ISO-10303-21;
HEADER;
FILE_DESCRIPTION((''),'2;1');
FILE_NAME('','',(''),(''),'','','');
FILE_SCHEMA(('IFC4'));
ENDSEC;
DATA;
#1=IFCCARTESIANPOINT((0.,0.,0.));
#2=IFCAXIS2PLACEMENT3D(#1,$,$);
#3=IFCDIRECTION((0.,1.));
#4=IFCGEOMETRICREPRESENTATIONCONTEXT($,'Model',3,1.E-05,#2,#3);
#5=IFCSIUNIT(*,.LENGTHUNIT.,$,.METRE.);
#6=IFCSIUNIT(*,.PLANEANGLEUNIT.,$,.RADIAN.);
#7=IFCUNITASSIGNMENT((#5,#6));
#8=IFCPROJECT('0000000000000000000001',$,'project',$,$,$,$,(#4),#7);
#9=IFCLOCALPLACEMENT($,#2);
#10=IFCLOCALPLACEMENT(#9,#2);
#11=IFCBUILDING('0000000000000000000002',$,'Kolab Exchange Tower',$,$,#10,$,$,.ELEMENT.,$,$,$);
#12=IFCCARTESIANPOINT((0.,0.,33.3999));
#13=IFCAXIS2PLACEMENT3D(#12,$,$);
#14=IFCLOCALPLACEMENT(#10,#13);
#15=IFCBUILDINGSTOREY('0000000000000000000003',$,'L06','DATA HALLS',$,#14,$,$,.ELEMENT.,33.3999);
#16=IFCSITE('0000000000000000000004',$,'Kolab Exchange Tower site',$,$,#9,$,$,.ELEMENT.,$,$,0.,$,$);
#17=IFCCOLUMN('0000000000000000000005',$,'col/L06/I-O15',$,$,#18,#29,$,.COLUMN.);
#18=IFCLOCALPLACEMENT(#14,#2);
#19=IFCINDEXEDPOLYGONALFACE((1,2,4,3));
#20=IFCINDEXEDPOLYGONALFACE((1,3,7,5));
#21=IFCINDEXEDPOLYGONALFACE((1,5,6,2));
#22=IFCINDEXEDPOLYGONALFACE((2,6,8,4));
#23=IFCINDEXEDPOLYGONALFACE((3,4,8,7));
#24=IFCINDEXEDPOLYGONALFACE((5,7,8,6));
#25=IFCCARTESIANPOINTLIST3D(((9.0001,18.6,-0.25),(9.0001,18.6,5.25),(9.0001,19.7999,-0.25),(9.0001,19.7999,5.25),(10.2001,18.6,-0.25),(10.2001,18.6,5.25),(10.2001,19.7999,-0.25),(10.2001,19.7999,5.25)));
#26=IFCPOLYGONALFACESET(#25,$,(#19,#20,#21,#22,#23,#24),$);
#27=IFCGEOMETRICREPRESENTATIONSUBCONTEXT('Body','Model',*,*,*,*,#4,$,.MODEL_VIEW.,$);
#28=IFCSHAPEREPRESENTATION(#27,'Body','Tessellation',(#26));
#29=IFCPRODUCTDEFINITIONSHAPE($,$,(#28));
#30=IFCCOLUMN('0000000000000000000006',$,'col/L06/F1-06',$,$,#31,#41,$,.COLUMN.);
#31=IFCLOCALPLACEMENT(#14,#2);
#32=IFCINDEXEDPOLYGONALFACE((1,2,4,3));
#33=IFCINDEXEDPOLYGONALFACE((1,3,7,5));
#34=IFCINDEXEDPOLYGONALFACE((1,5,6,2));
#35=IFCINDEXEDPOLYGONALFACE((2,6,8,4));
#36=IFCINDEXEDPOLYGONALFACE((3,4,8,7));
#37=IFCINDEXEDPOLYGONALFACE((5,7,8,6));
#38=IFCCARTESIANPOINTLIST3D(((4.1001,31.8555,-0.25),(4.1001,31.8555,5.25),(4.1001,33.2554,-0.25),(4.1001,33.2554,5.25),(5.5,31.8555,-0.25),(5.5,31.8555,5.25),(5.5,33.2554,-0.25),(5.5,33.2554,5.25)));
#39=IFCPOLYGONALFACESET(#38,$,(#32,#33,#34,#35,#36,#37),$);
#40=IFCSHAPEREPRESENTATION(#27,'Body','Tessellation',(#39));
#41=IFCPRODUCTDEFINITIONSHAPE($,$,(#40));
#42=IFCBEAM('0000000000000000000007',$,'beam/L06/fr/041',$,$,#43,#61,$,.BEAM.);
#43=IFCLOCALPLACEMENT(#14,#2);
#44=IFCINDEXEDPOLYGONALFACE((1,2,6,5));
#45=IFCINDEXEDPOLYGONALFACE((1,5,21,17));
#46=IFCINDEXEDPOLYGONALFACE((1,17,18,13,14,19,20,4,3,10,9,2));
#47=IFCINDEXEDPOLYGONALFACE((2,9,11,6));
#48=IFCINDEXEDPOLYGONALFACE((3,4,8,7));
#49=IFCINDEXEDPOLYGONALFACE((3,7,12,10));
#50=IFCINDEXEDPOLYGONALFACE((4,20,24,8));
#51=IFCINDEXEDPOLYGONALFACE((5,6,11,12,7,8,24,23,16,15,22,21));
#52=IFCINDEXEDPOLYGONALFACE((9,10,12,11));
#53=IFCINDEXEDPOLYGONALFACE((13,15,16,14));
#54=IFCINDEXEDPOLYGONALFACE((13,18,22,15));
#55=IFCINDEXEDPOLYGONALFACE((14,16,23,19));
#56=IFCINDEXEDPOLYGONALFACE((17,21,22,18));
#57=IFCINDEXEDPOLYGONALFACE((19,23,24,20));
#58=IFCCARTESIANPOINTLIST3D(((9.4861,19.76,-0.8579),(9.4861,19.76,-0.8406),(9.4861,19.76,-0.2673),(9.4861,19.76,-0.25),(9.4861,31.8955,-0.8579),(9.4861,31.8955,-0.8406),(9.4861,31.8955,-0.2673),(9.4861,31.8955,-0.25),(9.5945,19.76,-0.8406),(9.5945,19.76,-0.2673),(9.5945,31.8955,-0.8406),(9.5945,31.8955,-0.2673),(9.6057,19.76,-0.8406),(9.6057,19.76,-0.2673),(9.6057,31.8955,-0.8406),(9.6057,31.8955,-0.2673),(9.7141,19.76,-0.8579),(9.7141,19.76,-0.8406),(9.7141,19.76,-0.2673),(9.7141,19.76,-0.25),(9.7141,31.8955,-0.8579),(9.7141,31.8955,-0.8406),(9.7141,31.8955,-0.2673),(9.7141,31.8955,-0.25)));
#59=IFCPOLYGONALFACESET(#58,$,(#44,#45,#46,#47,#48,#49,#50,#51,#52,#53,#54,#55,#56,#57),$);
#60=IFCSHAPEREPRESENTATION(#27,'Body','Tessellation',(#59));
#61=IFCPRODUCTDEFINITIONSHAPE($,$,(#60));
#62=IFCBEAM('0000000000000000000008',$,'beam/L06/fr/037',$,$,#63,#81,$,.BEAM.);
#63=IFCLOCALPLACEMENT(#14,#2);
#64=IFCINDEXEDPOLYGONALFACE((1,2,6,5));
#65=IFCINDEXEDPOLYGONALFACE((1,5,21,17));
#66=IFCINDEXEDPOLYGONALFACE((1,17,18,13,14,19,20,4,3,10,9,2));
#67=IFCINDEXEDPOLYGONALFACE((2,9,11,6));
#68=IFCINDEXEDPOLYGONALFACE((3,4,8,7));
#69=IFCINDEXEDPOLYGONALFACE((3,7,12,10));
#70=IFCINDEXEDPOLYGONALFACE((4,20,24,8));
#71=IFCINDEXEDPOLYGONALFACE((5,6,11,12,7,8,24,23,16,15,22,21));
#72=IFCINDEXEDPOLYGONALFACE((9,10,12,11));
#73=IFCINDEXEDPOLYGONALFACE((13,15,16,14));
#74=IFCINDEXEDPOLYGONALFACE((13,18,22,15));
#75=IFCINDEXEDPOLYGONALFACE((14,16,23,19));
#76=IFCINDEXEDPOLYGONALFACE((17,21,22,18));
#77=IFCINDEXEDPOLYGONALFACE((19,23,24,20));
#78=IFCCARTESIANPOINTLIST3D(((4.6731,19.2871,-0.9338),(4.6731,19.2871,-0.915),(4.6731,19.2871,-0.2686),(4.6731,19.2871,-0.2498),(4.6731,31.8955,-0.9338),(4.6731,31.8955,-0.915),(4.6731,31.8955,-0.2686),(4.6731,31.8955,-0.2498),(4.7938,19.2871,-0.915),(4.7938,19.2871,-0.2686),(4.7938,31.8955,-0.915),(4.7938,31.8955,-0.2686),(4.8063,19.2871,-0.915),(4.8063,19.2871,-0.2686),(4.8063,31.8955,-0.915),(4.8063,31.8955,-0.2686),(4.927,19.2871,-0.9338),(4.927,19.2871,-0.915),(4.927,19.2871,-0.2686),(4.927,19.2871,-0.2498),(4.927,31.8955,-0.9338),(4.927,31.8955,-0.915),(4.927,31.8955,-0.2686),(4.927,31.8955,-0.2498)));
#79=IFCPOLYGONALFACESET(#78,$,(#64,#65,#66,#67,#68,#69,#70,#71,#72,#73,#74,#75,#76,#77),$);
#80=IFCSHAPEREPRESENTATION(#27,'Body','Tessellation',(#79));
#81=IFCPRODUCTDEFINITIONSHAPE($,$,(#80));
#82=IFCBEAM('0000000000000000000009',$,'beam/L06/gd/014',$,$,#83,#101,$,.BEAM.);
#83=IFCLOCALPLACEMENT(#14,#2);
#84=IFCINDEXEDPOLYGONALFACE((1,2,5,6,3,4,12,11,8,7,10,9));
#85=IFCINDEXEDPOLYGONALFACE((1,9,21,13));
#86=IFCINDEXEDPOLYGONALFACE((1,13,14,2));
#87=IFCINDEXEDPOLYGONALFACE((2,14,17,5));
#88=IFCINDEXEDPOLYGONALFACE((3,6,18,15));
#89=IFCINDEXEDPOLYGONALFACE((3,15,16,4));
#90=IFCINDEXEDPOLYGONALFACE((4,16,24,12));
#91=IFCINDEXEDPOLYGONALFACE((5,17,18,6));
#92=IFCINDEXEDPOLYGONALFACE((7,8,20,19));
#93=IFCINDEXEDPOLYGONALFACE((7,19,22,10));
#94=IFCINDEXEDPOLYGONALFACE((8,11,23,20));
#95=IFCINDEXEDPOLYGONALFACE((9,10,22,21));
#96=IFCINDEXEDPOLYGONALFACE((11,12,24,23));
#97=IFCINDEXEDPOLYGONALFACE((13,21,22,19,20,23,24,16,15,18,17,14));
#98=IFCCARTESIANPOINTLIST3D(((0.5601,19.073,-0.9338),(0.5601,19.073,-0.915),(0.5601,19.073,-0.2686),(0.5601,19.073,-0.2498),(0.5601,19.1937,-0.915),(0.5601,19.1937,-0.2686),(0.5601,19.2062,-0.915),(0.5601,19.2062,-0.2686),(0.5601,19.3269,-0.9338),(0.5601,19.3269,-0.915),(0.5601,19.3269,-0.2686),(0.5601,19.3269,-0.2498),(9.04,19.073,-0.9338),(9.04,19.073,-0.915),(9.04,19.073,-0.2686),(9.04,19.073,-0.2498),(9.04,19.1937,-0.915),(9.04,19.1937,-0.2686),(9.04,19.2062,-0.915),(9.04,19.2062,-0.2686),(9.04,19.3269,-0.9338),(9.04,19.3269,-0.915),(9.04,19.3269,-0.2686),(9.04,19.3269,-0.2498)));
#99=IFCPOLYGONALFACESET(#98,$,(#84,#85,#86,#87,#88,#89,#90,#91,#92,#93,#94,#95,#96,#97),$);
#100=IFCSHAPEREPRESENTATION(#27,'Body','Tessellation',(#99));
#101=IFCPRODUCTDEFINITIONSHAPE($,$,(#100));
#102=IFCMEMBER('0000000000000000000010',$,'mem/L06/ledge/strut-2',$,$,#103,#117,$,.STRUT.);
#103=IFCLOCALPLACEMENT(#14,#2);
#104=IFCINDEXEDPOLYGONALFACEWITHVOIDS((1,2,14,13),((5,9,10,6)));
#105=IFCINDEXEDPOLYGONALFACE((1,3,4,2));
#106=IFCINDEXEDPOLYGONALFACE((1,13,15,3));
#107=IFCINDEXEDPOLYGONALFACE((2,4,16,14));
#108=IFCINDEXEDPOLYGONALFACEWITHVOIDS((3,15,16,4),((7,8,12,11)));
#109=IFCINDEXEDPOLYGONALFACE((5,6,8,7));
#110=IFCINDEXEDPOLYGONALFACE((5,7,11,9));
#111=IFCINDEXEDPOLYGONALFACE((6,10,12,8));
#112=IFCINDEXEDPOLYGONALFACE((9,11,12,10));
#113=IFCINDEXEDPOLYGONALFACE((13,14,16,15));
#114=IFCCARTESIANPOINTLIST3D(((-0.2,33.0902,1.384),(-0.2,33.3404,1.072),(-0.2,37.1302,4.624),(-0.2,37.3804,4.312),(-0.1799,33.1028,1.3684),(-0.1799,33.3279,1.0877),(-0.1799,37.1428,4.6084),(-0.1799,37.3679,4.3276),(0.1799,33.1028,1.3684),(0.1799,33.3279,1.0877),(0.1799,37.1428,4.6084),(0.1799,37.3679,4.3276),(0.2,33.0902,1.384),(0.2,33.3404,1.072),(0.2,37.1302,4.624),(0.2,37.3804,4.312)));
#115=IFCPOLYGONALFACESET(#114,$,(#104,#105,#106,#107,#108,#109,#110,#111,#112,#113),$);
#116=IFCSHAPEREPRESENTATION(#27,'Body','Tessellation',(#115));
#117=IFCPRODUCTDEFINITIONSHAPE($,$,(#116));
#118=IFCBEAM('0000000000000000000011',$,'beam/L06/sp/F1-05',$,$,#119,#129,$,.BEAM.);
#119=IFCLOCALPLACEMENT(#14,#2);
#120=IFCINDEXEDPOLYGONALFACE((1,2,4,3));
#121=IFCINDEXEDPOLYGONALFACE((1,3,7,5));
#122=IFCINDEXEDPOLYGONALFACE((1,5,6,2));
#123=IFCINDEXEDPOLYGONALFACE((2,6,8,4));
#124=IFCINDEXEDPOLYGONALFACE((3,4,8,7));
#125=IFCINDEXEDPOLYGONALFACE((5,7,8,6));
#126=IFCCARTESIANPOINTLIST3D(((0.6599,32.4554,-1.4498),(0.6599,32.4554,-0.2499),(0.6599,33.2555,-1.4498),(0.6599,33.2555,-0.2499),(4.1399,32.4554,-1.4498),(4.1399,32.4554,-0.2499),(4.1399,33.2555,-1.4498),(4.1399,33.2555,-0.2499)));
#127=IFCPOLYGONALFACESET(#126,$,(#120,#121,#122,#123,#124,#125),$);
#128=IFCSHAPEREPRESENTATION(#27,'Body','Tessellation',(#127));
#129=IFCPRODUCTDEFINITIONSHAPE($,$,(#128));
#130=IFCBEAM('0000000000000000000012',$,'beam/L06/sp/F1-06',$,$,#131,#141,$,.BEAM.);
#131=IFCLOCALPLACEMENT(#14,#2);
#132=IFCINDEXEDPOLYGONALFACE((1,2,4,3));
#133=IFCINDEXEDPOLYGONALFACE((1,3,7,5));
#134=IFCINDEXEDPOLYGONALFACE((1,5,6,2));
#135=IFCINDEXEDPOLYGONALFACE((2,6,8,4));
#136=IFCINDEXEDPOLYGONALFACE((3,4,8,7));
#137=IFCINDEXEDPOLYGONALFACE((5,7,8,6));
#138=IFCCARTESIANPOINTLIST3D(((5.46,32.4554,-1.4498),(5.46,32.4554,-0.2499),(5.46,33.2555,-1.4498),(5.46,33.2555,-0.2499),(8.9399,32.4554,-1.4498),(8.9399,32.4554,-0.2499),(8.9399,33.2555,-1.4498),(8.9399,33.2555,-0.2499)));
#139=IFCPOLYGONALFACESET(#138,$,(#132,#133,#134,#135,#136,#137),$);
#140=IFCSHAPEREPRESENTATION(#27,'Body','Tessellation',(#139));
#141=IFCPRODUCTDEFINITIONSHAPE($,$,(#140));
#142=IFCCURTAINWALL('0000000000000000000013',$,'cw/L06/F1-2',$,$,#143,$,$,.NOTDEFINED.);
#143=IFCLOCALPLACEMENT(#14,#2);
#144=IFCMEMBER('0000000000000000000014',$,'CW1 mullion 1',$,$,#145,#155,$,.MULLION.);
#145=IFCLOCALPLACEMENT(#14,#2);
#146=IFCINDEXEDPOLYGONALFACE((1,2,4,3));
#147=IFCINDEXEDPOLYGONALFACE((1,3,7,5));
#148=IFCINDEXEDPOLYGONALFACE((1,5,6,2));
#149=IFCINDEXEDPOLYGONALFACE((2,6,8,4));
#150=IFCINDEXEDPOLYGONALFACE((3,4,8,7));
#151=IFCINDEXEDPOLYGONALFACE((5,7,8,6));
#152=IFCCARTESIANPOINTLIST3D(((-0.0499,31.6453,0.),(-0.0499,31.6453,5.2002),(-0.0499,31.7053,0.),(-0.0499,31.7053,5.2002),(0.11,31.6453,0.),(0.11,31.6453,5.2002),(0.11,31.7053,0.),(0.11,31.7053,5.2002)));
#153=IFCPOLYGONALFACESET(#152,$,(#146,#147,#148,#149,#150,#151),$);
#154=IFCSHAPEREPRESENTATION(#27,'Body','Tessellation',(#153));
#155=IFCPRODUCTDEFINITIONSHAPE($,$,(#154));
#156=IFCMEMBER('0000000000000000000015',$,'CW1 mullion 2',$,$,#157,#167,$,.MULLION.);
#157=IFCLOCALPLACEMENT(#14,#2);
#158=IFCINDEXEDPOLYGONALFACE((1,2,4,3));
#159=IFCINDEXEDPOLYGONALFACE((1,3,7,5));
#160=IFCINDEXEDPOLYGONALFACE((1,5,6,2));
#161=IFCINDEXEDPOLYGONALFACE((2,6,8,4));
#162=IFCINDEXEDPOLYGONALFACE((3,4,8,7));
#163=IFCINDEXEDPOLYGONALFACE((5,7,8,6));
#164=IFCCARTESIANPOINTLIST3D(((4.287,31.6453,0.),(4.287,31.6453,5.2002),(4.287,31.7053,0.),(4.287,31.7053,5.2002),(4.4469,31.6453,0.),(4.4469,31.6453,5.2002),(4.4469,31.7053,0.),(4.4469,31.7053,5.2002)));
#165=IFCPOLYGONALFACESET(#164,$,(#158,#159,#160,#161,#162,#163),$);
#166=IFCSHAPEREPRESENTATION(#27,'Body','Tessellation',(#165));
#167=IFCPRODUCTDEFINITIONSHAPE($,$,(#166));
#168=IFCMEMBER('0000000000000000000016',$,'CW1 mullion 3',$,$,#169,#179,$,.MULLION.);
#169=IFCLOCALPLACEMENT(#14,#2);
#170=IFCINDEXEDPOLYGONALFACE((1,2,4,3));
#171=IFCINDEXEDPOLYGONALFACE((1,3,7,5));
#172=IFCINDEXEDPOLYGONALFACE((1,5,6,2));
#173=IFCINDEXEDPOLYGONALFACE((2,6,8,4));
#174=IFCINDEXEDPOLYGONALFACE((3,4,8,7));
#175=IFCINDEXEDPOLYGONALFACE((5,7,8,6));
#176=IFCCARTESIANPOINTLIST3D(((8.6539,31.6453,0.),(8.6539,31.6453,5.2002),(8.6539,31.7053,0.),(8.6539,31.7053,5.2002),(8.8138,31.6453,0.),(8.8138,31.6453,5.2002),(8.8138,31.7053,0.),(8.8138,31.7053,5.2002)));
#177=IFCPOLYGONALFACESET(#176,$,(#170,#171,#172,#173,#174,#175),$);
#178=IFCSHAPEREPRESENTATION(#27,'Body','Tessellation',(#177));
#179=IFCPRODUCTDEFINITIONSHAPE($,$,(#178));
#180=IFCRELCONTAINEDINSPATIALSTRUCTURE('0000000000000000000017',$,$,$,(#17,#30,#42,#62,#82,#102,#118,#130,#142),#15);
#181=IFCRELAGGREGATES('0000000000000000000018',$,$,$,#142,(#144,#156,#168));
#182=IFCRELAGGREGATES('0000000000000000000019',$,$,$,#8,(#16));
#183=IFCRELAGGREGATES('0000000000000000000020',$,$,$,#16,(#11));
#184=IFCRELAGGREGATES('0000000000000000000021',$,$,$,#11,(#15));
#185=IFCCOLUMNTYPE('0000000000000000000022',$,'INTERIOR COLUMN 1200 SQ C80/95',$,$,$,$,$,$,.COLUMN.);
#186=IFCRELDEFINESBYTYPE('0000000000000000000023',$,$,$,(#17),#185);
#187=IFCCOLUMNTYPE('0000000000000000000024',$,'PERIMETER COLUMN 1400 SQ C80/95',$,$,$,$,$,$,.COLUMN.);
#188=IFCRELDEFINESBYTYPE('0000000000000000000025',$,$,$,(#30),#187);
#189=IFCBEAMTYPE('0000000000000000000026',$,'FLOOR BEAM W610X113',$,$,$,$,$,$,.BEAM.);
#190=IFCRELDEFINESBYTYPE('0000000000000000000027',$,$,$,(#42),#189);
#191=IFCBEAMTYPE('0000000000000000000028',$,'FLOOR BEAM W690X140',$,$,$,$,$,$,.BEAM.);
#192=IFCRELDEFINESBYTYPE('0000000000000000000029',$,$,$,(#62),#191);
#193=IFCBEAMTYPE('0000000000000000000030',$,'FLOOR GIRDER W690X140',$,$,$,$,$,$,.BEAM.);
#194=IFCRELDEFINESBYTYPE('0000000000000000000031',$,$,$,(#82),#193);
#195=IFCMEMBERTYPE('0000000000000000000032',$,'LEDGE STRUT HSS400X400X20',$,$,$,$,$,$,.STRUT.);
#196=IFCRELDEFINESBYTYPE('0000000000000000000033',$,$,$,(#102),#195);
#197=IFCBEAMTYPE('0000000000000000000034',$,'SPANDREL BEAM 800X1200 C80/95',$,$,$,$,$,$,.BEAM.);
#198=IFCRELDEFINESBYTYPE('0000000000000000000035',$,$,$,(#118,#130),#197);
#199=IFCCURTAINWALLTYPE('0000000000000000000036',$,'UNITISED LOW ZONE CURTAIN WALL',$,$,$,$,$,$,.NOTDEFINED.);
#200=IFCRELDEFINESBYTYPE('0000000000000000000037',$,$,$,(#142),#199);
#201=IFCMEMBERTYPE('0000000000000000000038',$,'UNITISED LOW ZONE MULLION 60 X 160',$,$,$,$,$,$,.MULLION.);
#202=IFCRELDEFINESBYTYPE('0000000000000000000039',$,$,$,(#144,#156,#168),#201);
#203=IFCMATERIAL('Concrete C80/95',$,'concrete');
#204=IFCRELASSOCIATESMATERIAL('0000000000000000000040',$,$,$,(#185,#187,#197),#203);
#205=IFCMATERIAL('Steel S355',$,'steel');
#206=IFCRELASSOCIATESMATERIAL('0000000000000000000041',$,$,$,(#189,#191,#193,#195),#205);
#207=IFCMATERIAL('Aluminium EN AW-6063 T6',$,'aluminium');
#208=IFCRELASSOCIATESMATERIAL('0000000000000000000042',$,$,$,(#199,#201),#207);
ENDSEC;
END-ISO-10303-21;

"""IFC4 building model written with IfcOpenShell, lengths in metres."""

from ifc_helpers import new_model, si_unit, direction, frame, origin, origin_2d, place, context, subcontext, project, spatial, rectangle, hollow_rectangle, i_section, extrude, material, material_profile, profile_set, type_object, element, aggregate, save


model = new_model("IFC4")

# Units and contexts
model_context = context("Model", 3, precision=1e-05, world=origin(), true_north=direction((0.0, 1.0)))
body_context = subcontext(model_context, "Body", "Model", "MODEL_VIEW")
ifc_project = project(units=[si_unit("LENGTHUNIT", "METRE"), si_unit("PLANEANGLEUNIT", "RADIAN")], contexts=[model_context])

# Site, building, storey
site_placement = place(None, origin())
site = spatial("IfcSite", under=ifc_project, at=site_placement, Name="Kolab Exchange Tower site", CompositionType="ELEMENT", RefElevation=0.0)
building_placement = place(site_placement, origin())
building = spatial("IfcBuilding", under=site, at=building_placement, Name="Kolab Exchange Tower", CompositionType="ELEMENT")
storey_placement = place(building_placement, frame((0.0, 0.0, 33.3999)))
storey = spatial("IfcBuildingStorey", under=building, at=storey_placement, Name="L06", Description="DATA HALLS", CompositionType="ELEMENT", Elevation=33.3999)

# Columns
ifc_material_1 = material(Name="Concrete C80/95", Category="concrete")
ifc_material_profile_1 = material_profile(ifc_material_1, rectangle(XDim=1.2, YDim=1.2, at=origin_2d()), Name="RC1200")
ifc_profile_set_1 = profile_set([ifc_material_profile_1], Name="Concrete C80/95")
column_type_1 = type_object("IfcColumnType", Name="INTERIOR COLUMN 1200 SQ C80/95", PredefinedType="COLUMN", material=ifc_profile_set_1)
column_1_placement = place(storey_placement, frame((9.6001, 19.2, -0.25), z_axis=(0.0, 0.0, 1.0), x_axis=(1.0, 0.0, 0.0)))
element("IfcColumn", 1, at=column_1_placement, inside=storey, type_object=column_type_1, Name="col/L06/I-O15", PredefinedType="COLUMN", context=body_context, shape_type="SweptSolid", body=[
    extrude(rectangle(XDim=1.2, YDim=1.2, at=origin_2d()), origin(), (0.0, 0.0, 1.0), 5.5),
])
ifc_material_profile_2 = material_profile(ifc_material_1, rectangle(XDim=1.3999, YDim=1.3999, at=origin_2d()), Name="RC1400")
ifc_profile_set_2 = profile_set([ifc_material_profile_2], Name="Concrete C80/95")
column_type_2 = type_object("IfcColumnType", Name="PERIMETER COLUMN 1400 SQ C80/95", PredefinedType="COLUMN", material=ifc_profile_set_2)
column_2_placement = place(storey_placement, frame((4.8, 32.5554, -0.25), z_axis=(0.0, 0.0, 1.0), x_axis=(1.0, 0.0, 0.0)))
element("IfcColumn", 2, at=column_2_placement, inside=storey, type_object=column_type_2, Name="col/L06/F1-06", PredefinedType="COLUMN", context=body_context, shape_type="SweptSolid", body=[
    extrude(rectangle(XDim=1.3999, YDim=1.3999, at=origin_2d()), origin(), (0.0, 0.0, 1.0), 5.5),
])

# Beams
ifc_material_2 = material(Name="Steel S355", Category="steel")
ifc_material_profile_3 = material_profile(ifc_material_2, i_section(OverallWidth=0.228, OverallDepth=0.6079, WebThickness=0.0112, FlangeThickness=0.0173, at=origin_2d()), Name="W610X113")
ifc_profile_set_3 = profile_set([ifc_material_profile_3], Name="Steel S355")
beam_type_1 = type_object("IfcBeamType", Name="FLOOR BEAM W610X113", PredefinedType="BEAM", material=ifc_profile_set_3)
beam_1_placement = place(storey_placement, frame((9.6001, 19.76, -0.554), z_axis=(0.0, 1.0, 0.0), x_axis=(-1.0, 0.0, 0.0)))
element("IfcBeam", 3, at=beam_1_placement, inside=storey, type_object=beam_type_1, Name="beam/L06/fr/041", PredefinedType="BEAM", context=body_context, shape_type="SweptSolid", body=[
    extrude(i_section(OverallWidth=0.228, OverallDepth=0.6079, WebThickness=0.0112, FlangeThickness=0.0173, at=origin_2d()), origin(), (0.0, 0.0, 1.0), 12.1355),
])
ifc_material_profile_4 = material_profile(ifc_material_2, i_section(OverallWidth=0.2539, OverallDepth=0.6841, WebThickness=0.0125, FlangeThickness=0.0188, at=origin_2d()), Name="W690X140")
ifc_profile_set_4 = profile_set([ifc_material_profile_4], Name="Steel S355")
beam_type_2 = type_object("IfcBeamType", Name="FLOOR BEAM W690X140", PredefinedType="BEAM", material=ifc_profile_set_4)
beam_2_placement = place(storey_placement, frame((4.8, 19.2871, -0.5918), z_axis=(0.0, 1.0, 0.0), x_axis=(-1.0, 0.0, 0.0)))
element("IfcBeam", 4, at=beam_2_placement, inside=storey, type_object=beam_type_2, Name="beam/L06/fr/037", PredefinedType="BEAM", context=body_context, shape_type="SweptSolid", body=[
    extrude(i_section(OverallWidth=0.2539, OverallDepth=0.6841, WebThickness=0.0125, FlangeThickness=0.0188, at=origin_2d()), origin(), (0.0, 0.0, 1.0), 12.6084),
])
ifc_material_profile_5 = material_profile(ifc_material_2, i_section(OverallWidth=0.2539, OverallDepth=0.6841, WebThickness=0.0125, FlangeThickness=0.0188, at=origin_2d()), Name="W690X140")
ifc_profile_set_5 = profile_set([ifc_material_profile_5], Name="Steel S355")
beam_type_3 = type_object("IfcBeamType", Name="FLOOR GIRDER W690X140", PredefinedType="BEAM", material=ifc_profile_set_5)
beam_3_placement = place(storey_placement, frame((0.5601, 19.2, -0.5918), z_axis=(1.0, 0.0, 0.0), x_axis=(0.0, 1.0, 0.0)))
element("IfcBeam", 5, at=beam_3_placement, inside=storey, type_object=beam_type_3, Name="beam/L06/gd/014", PredefinedType="BEAM", context=body_context, shape_type="SweptSolid", body=[
    extrude(i_section(OverallWidth=0.2539, OverallDepth=0.6841, WebThickness=0.0125, FlangeThickness=0.0188, at=origin_2d()), origin(), (0.0, 0.0, 1.0), 8.48),
])

# Member
ifc_material_profile_6 = material_profile(ifc_material_2, hollow_rectangle(XDim=0.3999, YDim=0.3999, WallThickness=0.02, at=origin_2d()), Name="HSS400X400X20")
ifc_profile_set_6 = profile_set([ifc_material_profile_6], Name="Steel S355")
member_type_1 = type_object("IfcMemberType", Name="LEDGE STRUT HSS400X400X20", PredefinedType="STRUT", material=ifc_profile_set_6)
member_1_placement = place(storey_placement, frame((0.0, 33.2153, 1.228), z_axis=(0.0, 0.780119, 0.625632), x_axis=(-1.0, 0.0, 0.0)))
element("IfcMember", 6, at=member_1_placement, inside=storey, type_object=member_type_1, Name="mem/L06/ledge/strut-2", PredefinedType="STRUT", context=body_context, shape_type="SweptSolid", body=[
    extrude(hollow_rectangle(XDim=0.3999, YDim=0.3999, WallThickness=0.02, at=origin_2d()), origin(), (0.0, 0.0, 1.0), 5.1787),
])

# Beams
ifc_material_profile_7 = material_profile(ifc_material_1, rectangle(XDim=0.8, YDim=1.2, at=origin_2d()), Name="RC800X1200")
ifc_profile_set_7 = profile_set([ifc_material_profile_7], Name="Concrete C80/95")
beam_type_4 = type_object("IfcBeamType", Name="SPANDREL BEAM 800X1200 C80/95", PredefinedType="BEAM", material=ifc_profile_set_7)
for number, where, z_axis, x_axis, name in (
    (7, (0.6599, 32.8555, -0.8499), (1.0, 0.0, 0.0), (0.0, 1.0, 0.0), "beam/L06/sp/F1-05"),
    (8, (5.46, 32.8555, -0.8499), (1.0, 0.0, 0.0), (0.0, 1.0, 0.0), "beam/L06/sp/F1-06"),
):
    element("IfcBeam", number, at=place(storey_placement, frame(where, z_axis=z_axis, x_axis=x_axis)), inside=storey, type_object=beam_type_4, Name=name, PredefinedType="BEAM", context=body_context, shape_type="SweptSolid", body=[
        extrude(rectangle(XDim=0.8, YDim=1.2, at=origin_2d()), origin(), (0.0, 0.0, 1.0), 3.48),
    ])

# Curtain wall, members
ifc_material_3 = material(Name="Aluminium EN AW-6063 T6", Category="aluminium")
curtain_wall_type = type_object("IfcCurtainWallType", Name="UNITISED LOW ZONE CURTAIN WALL", PredefinedType="NOTDEFINED", material=ifc_material_3)
curtain_wall_placement = place(storey_placement, origin())
curtain_wall = element("IfcCurtainWall", 9, at=curtain_wall_placement, inside=storey, type_object=curtain_wall_type, Name="cw/L06/F1-2", PredefinedType="NOTDEFINED")
ifc_material_profile_8 = material_profile(ifc_material_3, rectangle(XDim=0.0601, YDim=0.1599, at=origin_2d()), Name="RECT 60X160")
ifc_profile_set_8 = profile_set([ifc_material_profile_8], Name="Aluminium EN AW-6063 T6")
member_type_2 = type_object("IfcMemberType", Name="UNITISED LOW ZONE MULLION 60 X 160", PredefinedType="MULLION", material=ifc_profile_set_8)
member_2_placement = place(storey_placement, frame((0.03, 31.6753, 0.0), z_axis=(0.0, 0.0, 1.0), x_axis=(0.0, 1.0, 0.0)))
member_2 = element("IfcMember", 10, at=member_2_placement, type_object=member_type_2, Name="CW1 mullion 1", PredefinedType="MULLION", context=body_context, shape_type="SweptSolid", body=[
    extrude(rectangle(XDim=0.0601, YDim=0.1599, at=origin_2d()), origin(), (0.0, 0.0, 1.0), 5.2002),
])
member_3_placement = place(storey_placement, frame((4.3669, 31.6753, 0.0), z_axis=(0.0, 0.0, 1.0), x_axis=(0.0, 1.0, 0.0)))
member_3 = element("IfcMember", 11, at=member_3_placement, type_object=member_type_2, Name="CW1 mullion 2", PredefinedType="MULLION", context=body_context, shape_type="SweptSolid", body=[
    extrude(rectangle(XDim=0.0601, YDim=0.1599, at=origin_2d()), origin(), (0.0, 0.0, 1.0), 5.2002),
])
member_4_placement = place(storey_placement, frame((8.7339, 31.6753, 0.0), z_axis=(0.0, 0.0, 1.0), x_axis=(0.0, 1.0, 0.0)))
member_4 = element("IfcMember", 12, at=member_4_placement, type_object=member_type_2, Name="CW1 mullion 3", PredefinedType="MULLION", context=body_context, shape_type="SweptSolid", body=[
    extrude(rectangle(XDim=0.0601, YDim=0.1599, at=origin_2d()), origin(), (0.0, 0.0, 1.0), 5.2002),
])
aggregate(curtain_wall, [member_2, member_3, member_4])

save(model, "model.ifc")
